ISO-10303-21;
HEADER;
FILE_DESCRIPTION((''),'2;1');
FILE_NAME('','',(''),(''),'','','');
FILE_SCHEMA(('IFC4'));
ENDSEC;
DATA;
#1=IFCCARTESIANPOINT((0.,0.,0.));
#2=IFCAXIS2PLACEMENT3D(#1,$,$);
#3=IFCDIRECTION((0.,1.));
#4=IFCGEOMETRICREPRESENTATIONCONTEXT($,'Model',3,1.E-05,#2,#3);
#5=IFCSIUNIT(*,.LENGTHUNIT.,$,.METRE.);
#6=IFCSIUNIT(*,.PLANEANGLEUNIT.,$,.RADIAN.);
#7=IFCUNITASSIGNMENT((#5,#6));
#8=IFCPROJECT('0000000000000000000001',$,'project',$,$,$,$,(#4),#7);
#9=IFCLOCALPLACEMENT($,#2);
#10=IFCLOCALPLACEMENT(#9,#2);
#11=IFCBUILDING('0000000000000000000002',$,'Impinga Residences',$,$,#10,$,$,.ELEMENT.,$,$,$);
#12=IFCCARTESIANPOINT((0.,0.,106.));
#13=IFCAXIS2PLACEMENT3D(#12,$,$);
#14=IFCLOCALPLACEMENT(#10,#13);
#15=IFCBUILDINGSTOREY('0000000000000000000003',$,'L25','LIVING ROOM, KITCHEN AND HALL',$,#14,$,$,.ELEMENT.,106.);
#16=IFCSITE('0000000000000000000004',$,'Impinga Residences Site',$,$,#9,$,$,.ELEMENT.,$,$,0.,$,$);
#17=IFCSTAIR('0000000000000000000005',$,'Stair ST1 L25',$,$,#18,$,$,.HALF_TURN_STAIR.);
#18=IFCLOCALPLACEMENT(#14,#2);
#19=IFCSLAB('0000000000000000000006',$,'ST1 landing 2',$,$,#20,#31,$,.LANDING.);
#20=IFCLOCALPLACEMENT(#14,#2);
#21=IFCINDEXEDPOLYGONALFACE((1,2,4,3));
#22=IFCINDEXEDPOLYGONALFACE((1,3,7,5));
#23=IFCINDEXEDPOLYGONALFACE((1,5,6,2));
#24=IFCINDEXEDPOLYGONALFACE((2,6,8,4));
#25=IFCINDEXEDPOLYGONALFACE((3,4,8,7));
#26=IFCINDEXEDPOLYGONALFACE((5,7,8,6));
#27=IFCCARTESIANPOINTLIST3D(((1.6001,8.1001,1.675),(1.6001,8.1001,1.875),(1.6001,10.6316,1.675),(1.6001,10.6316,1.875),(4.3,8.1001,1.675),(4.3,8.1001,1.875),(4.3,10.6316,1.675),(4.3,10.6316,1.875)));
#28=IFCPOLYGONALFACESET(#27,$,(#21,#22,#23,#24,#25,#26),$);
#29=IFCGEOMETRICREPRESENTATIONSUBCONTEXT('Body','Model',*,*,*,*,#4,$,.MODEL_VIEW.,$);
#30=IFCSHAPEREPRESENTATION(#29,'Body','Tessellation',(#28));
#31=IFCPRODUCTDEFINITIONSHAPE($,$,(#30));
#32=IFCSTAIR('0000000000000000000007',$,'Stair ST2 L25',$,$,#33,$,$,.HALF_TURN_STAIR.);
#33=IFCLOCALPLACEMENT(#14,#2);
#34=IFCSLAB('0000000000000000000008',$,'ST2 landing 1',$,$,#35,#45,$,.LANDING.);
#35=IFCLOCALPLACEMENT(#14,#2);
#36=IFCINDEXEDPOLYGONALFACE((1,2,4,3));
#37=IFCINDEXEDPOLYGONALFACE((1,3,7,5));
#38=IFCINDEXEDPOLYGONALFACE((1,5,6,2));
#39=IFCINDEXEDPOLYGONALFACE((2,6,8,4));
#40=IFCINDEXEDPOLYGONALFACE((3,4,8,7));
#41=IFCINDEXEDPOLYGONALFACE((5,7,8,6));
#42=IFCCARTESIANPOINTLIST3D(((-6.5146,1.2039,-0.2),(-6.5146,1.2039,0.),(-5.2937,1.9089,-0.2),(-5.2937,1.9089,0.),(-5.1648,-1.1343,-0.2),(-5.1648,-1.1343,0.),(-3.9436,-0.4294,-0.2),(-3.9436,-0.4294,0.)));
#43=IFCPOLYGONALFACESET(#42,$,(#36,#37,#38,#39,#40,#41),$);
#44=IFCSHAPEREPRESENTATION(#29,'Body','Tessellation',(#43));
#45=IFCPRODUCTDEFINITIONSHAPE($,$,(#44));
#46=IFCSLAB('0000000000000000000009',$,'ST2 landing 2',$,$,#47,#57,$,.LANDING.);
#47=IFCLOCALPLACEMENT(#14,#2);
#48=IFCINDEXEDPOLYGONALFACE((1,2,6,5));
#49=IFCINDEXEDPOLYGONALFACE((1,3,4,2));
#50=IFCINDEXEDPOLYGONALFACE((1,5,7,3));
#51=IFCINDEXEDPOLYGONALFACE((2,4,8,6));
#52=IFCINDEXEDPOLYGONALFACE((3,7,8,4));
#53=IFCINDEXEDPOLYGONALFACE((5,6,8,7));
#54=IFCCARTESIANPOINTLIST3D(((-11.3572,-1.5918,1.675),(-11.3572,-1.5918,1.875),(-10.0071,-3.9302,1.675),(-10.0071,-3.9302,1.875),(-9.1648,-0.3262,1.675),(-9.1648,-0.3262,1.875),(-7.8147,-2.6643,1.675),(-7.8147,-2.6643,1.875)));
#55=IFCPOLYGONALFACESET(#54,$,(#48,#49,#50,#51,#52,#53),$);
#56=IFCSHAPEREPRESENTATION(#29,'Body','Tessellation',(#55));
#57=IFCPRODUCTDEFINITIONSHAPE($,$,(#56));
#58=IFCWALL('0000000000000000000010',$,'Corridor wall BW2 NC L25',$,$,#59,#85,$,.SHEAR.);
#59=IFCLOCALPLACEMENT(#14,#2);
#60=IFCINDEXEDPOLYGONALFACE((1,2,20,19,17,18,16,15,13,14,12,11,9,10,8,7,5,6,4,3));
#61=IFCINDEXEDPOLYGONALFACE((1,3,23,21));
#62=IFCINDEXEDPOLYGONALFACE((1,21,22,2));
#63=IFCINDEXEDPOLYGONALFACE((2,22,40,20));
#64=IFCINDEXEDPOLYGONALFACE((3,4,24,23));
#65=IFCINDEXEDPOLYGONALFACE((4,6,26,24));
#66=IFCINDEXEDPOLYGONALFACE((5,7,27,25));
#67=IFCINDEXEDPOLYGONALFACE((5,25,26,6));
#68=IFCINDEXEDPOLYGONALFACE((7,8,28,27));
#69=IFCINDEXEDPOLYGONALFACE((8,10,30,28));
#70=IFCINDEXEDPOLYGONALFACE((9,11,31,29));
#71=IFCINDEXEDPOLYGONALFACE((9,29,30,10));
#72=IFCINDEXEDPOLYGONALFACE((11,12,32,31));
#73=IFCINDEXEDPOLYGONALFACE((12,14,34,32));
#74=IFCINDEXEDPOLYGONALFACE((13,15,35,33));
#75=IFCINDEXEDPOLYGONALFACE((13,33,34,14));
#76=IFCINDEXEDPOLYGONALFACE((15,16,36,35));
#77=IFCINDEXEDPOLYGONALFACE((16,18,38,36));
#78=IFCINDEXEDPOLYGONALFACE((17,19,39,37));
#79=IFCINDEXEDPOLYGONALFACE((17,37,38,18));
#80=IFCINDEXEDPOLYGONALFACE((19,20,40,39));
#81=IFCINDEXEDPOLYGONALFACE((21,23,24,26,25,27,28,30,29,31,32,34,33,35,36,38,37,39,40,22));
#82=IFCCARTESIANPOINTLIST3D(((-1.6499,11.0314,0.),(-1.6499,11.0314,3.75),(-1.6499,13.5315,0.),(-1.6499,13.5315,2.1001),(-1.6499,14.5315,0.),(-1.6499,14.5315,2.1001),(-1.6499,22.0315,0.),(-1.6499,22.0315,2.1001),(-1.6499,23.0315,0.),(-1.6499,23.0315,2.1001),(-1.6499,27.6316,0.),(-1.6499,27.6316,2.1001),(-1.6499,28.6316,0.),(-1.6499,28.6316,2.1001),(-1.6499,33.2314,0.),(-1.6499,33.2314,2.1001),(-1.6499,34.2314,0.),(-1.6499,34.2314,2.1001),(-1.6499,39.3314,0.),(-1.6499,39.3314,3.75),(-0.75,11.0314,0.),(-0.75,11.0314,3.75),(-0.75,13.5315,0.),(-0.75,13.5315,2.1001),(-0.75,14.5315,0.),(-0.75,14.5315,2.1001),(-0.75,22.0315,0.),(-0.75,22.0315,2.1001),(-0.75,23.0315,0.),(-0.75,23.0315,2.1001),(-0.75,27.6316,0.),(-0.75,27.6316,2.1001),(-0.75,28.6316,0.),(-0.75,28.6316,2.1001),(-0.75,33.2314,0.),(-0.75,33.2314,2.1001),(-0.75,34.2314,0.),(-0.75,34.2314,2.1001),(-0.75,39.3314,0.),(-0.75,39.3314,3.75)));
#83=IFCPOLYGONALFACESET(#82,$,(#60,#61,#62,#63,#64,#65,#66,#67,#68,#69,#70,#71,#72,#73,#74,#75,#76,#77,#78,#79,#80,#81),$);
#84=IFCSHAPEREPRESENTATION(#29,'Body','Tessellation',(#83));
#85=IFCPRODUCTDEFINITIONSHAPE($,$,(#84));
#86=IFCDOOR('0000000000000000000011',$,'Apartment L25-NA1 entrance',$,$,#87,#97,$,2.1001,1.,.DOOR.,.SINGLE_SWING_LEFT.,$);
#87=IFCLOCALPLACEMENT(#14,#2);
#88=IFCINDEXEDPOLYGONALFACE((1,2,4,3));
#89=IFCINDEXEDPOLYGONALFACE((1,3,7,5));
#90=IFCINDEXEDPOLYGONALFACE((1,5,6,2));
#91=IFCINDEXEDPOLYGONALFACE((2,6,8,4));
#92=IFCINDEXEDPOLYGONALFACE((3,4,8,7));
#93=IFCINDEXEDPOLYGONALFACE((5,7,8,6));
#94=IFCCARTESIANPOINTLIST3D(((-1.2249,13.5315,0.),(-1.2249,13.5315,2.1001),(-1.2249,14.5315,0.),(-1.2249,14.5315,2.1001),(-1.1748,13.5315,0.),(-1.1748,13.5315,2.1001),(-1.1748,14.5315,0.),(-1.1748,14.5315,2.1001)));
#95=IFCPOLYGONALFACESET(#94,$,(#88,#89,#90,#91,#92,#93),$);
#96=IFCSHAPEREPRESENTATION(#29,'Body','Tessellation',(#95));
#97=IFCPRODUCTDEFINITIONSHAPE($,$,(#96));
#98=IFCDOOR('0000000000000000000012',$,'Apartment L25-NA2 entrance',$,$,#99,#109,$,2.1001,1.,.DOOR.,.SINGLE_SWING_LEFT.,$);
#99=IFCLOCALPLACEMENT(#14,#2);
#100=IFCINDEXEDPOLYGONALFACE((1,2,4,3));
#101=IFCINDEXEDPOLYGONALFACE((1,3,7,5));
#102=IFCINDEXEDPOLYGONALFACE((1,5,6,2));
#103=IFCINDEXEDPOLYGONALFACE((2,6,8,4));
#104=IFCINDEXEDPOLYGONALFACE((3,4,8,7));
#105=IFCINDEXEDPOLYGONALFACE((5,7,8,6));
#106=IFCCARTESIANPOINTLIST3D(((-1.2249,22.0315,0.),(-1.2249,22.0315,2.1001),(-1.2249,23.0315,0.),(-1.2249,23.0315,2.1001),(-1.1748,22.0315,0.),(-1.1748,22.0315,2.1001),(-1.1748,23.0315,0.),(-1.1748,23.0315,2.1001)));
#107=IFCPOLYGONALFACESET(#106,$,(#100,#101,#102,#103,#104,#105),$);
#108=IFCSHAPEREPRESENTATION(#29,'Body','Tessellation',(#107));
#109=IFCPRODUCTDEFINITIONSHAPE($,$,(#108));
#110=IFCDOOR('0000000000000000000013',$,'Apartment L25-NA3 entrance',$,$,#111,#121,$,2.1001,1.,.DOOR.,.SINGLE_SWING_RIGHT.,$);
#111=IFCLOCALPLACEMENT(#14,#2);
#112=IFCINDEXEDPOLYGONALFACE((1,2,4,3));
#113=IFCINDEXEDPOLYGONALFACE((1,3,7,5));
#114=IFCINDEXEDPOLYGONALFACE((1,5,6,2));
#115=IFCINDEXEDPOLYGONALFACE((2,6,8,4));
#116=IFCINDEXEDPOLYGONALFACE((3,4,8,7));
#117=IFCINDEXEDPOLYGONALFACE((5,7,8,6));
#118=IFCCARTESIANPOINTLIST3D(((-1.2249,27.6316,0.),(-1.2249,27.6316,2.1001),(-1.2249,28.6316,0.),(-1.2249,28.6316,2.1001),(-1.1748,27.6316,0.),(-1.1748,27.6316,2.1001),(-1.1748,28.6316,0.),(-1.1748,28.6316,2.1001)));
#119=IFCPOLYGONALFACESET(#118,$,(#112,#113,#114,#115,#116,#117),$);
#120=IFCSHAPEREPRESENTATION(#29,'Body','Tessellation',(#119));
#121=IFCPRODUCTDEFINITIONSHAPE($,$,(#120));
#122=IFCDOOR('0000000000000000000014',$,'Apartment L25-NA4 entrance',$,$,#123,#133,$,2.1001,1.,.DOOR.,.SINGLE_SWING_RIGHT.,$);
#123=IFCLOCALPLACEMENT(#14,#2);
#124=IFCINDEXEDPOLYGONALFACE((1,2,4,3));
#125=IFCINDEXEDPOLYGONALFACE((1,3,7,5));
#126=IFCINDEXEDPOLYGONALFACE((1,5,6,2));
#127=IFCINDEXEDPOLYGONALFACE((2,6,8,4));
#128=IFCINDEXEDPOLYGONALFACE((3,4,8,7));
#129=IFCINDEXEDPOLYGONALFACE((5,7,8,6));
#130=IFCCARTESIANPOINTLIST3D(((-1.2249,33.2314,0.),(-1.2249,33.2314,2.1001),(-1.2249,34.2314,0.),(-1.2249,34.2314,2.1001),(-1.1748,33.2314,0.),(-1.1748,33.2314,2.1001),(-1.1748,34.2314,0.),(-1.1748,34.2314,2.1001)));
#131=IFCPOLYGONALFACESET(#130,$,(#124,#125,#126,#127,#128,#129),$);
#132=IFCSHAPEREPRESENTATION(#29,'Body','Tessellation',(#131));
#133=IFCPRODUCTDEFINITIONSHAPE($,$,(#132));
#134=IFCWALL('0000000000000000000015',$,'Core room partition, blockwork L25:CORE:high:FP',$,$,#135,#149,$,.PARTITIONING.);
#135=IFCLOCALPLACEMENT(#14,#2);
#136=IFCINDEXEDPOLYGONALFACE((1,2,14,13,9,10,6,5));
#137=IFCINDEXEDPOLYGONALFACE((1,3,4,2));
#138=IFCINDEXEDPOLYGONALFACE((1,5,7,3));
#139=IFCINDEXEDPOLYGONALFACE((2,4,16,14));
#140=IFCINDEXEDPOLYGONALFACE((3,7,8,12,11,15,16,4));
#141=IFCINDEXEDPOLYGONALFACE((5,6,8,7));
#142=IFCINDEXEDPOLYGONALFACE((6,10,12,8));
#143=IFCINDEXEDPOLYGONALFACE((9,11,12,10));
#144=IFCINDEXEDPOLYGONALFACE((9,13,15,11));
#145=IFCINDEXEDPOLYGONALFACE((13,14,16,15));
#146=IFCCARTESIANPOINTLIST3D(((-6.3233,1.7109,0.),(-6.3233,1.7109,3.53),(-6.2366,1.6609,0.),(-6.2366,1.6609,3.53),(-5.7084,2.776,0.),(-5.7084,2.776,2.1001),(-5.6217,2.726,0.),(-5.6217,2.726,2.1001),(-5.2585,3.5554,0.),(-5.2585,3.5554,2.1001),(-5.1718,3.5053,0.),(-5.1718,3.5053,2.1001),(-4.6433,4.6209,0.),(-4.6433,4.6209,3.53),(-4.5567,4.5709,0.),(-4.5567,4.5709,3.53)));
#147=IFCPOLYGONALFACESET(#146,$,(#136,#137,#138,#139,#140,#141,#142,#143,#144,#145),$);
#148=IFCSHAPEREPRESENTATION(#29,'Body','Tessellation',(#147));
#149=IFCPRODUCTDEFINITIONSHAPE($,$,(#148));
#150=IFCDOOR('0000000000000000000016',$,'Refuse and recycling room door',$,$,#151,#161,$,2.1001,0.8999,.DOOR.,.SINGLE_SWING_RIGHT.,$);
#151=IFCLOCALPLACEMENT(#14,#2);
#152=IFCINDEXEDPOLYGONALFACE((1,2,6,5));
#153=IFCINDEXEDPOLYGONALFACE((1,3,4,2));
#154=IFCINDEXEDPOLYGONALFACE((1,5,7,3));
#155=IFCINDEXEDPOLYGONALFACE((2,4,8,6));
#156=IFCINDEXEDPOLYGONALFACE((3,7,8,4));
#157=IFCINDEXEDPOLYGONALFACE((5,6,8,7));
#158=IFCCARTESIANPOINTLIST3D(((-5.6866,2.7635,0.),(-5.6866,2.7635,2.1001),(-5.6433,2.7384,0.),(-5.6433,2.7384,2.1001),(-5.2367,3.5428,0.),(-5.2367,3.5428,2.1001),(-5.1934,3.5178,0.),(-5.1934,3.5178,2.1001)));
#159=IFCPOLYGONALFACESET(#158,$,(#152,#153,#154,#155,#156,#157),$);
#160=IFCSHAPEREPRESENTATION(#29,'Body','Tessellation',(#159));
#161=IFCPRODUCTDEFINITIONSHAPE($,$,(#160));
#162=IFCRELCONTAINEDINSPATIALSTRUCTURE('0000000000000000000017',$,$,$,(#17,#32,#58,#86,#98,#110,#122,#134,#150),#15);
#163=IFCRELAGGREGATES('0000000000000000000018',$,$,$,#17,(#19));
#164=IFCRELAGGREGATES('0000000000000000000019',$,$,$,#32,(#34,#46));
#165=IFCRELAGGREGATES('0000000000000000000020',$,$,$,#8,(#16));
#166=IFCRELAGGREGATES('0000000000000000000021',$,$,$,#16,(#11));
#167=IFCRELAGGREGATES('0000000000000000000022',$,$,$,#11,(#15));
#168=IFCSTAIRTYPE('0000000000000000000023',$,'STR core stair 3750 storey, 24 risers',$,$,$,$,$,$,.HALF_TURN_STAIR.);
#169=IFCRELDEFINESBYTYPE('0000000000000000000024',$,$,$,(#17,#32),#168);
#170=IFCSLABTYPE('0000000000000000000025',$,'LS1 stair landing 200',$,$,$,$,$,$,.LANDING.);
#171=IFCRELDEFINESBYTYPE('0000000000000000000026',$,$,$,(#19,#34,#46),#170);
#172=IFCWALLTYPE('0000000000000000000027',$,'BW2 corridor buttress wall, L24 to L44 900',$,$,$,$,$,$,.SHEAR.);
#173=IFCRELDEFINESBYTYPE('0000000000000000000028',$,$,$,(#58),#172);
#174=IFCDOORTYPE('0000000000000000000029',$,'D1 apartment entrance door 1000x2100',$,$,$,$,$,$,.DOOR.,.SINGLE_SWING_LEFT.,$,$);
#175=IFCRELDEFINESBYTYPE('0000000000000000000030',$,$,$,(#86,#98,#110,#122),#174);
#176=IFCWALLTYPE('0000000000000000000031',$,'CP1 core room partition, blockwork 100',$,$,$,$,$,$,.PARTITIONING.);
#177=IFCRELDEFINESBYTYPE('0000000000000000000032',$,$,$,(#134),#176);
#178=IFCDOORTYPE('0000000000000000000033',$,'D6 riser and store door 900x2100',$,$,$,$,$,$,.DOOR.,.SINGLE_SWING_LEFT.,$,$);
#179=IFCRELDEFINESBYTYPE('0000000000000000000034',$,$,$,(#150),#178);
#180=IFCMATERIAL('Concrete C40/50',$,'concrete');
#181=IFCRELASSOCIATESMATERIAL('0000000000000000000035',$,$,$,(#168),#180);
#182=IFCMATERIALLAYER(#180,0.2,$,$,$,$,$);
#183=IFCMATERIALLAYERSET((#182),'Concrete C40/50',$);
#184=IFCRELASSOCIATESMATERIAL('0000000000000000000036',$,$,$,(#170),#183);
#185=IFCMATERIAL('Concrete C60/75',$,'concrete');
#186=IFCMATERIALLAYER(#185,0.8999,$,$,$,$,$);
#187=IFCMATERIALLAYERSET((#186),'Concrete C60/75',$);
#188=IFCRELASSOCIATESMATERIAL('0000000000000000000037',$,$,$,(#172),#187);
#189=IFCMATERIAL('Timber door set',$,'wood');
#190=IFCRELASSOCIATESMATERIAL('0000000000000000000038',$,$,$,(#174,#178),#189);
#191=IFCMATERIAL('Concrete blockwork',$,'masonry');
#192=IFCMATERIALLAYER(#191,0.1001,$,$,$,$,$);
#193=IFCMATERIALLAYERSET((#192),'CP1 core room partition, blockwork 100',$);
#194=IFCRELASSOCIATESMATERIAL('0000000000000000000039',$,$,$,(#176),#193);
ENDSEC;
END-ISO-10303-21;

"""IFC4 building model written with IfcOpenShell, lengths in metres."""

from ifc_helpers import new_model, si_unit, direction, frame, frame_2d, origin, place, context, subcontext, project, spatial, polyline, rectangle, outline, extrude, material, layer, layer_set, type_object, element, fill, aggregate, save


model = new_model("IFC4")

# Units and contexts
model_context = context("Model", 3, precision=1e-05, world=origin(), true_north=direction((0.0, 1.0)))
body_context = subcontext(model_context, "Body", "Model", "MODEL_VIEW")
ifc_project = project(units=[si_unit("LENGTHUNIT", "METRE"), si_unit("PLANEANGLEUNIT", "RADIAN")], contexts=[model_context])

# Site, building, storey
site_placement = place(None, origin())
site = spatial("IfcSite", under=ifc_project, at=site_placement, Name="Impinga Residences Site", CompositionType="ELEMENT", RefElevation=0.0)
building_placement = place(site_placement, origin())
building = spatial("IfcBuilding", under=site, at=building_placement, Name="Impinga Residences", CompositionType="ELEMENT")
storey_placement = place(building_placement, frame((0.0, 0.0, 106.0)))
storey = spatial("IfcBuildingStorey", under=building, at=storey_placement, Name="L25", Description="LIVING ROOM, KITCHEN AND HALL", CompositionType="ELEMENT", Elevation=106.0)

# Stair, slab
ifc_material_1 = material(Name="Concrete C40/50", Category="concrete")
stair_type = type_object("IfcStairType", Name="STR core stair 3750 storey, 24 risers", PredefinedType="HALF_TURN_STAIR", material=ifc_material_1)
stair_1_placement = place(storey_placement, origin())
stair_1 = element("IfcStair", 1, at=stair_1_placement, inside=storey, type_object=stair_type, Name="Stair ST1 L25", PredefinedType="HALF_TURN_STAIR")
ifc_layer_1 = layer(ifc_material_1, 0.2)
ifc_layer_set_1 = layer_set([ifc_layer_1], Name="Concrete C40/50")
slab_type = type_object("IfcSlabType", Name="LS1 stair landing 200", PredefinedType="LANDING", material=ifc_layer_set_1)
slab_1_placement = place(storey_placement, frame((0.0, 0.0, 1.675)))
slab_1 = element("IfcSlab", 2, at=slab_1_placement, type_object=slab_type, Name="ST1 landing 2", PredefinedType="LANDING", context=body_context, shape_type="SweptSolid", body=[
    extrude(outline(polyline([(1.6001, 8.1001), (4.3, 8.1001), (4.3, 10.6316), (1.6001, 10.6316), (1.6001, 8.1001)])), origin(), (0.0, 0.0, 1.0), 0.2),
])
aggregate(stair_1, [slab_1])

# Stair, slabs
stair_2_placement = place(storey_placement, origin())
stair_2 = element("IfcStair", 3, at=stair_2_placement, inside=storey, type_object=stair_type, Name="Stair ST2 L25", PredefinedType="HALF_TURN_STAIR")
slab_2_placement = place(storey_placement, frame((0.0, 0.0, -0.2)))
slab_2 = element("IfcSlab", 4, at=slab_2_placement, type_object=slab_type, Name="ST2 landing 1", PredefinedType="LANDING", context=body_context, shape_type="SweptSolid", body=[
    extrude(outline(polyline([(-3.9436, -0.4294), (-5.2937, 1.9089), (-6.5146, 1.2039), (-5.1648, -1.1343), (-3.9436, -0.4294)])), origin(), (0.0, 0.0, 1.0), 0.2),
])
slab_3_placement = place(storey_placement, frame((0.0, 0.0, 1.675)))
slab_3 = element("IfcSlab", 5, at=slab_3_placement, type_object=slab_type, Name="ST2 landing 2", PredefinedType="LANDING", context=body_context, shape_type="SweptSolid", body=[
    extrude(outline(polyline([(-7.8147, -2.6643), (-9.1648, -0.3262), (-11.3572, -1.5918), (-10.0071, -3.9302), (-7.8147, -2.6643)])), origin(), (0.0, 0.0, 1.0), 0.2),
])
aggregate(stair_2, [slab_2, slab_3])

# Wall, openings, doors
ifc_material_2 = material(Name="Concrete C60/75", Category="concrete")
ifc_layer_2 = layer(ifc_material_2, 0.8999)
ifc_layer_set_2 = layer_set([ifc_layer_2], Name="Concrete C60/75")
wall_type_1 = type_object("IfcWallType", Name="BW2 corridor buttress wall, L24 to L44 900", PredefinedType="SHEAR", material=ifc_layer_set_2)
wall_1_placement = place(storey_placement, frame((-1.2, 11.0315, 0.0), z_axis=(0.0, 0.0, 1.0), x_axis=(0.0, 1.0, 0.0)))
wall_1 = element("IfcWall", 6, at=wall_1_placement, inside=storey, type_object=wall_type_1, Name="Corridor wall BW2 NC L25", PredefinedType="SHEAR", context=body_context, shape_type="SweptSolid", body=[
    extrude(rectangle(XDim=28.3, YDim=0.8999, at=frame_2d((14.1499, 0.0))), origin(), (0.0, 0.0, 1.0), 3.75),
])
opening_1_placement = place(wall_1_placement, frame((2.5, 0.0, 0.0)))
opening_1 = element("IfcOpeningElement", 7, at=opening_1_placement, cuts=wall_1, PredefinedType="OPENING", context=body_context, shape_type="SweptSolid", body=[
    extrude(rectangle(XDim=1.0, YDim=2.1001, at=frame_2d((0.5, 1.05))), frame((0.0, 0.46, 0.0), z_axis=(0.0, -1.0, 0.0), x_axis=(1.0, 0.0, 0.0)), (0.0, 0.0, 1.0), 0.9199),
])
opening_2_placement = place(wall_1_placement, frame((11.0, 0.0, 0.0)))
opening_2 = element("IfcOpeningElement", 8, at=opening_2_placement, cuts=wall_1, PredefinedType="OPENING", context=body_context, shape_type="SweptSolid", body=[
    extrude(rectangle(XDim=1.0, YDim=2.1001, at=frame_2d((0.5, 1.05))), frame((0.0, 0.46, 0.0), z_axis=(0.0, -1.0, 0.0), x_axis=(1.0, 0.0, 0.0)), (0.0, 0.0, 1.0), 0.9199),
])
opening_3_placement = place(wall_1_placement, frame((16.6001, 0.0, 0.0)))
opening_3 = element("IfcOpeningElement", 9, at=opening_3_placement, cuts=wall_1, PredefinedType="OPENING", context=body_context, shape_type="SweptSolid", body=[
    extrude(rectangle(XDim=1.0, YDim=2.1001, at=frame_2d((0.5, 1.05))), frame((0.0, 0.46, 0.0), z_axis=(0.0, -1.0, 0.0), x_axis=(1.0, 0.0, 0.0)), (0.0, 0.0, 1.0), 0.9199),
])
opening_4_placement = place(wall_1_placement, frame((22.2, 0.0, 0.0)))
opening_4 = element("IfcOpeningElement", 10, at=opening_4_placement, cuts=wall_1, PredefinedType="OPENING", context=body_context, shape_type="SweptSolid", body=[
    extrude(rectangle(XDim=1.0, YDim=2.1001, at=frame_2d((0.5, 1.05))), frame((0.0, 0.46, 0.0), z_axis=(0.0, -1.0, 0.0), x_axis=(1.0, 0.0, 0.0)), (0.0, 0.0, 1.0), 0.9199),
])
ifc_material_3 = material(Name="Timber door set", Category="wood")
door_type_1 = type_object("IfcDoorType", Name="D1 apartment entrance door 1000x2100", OperationType="SINGLE_SWING_LEFT", PredefinedType="DOOR", material=ifc_material_3)
door_1_placement = place(opening_1_placement, origin())
door_1 = element("IfcDoor", 11, at=door_1_placement, inside=storey, type_object=door_type_1, Name="Apartment L25-NA1 entrance", OperationType="SINGLE_SWING_LEFT", OverallHeight=2.1001, OverallWidth=1.0, PredefinedType="DOOR", context=body_context, shape_type="SweptSolid", body=[
    extrude(rectangle(XDim=1.0, YDim=2.1001, at=frame_2d((0.5, 1.05))), frame((0.0, 0.0249, 0.0), z_axis=(0.0, -1.0, 0.0), x_axis=(1.0, 0.0, 0.0)), (0.0, 0.0, 1.0), 0.05),
])
fill(opening_1, door_1)
door_2_placement = place(opening_2_placement, origin())
door_2 = element("IfcDoor", 12, at=door_2_placement, inside=storey, type_object=door_type_1, Name="Apartment L25-NA2 entrance", OperationType="SINGLE_SWING_LEFT", OverallHeight=2.1001, OverallWidth=1.0, PredefinedType="DOOR", context=body_context, shape_type="SweptSolid", body=[
    extrude(rectangle(XDim=1.0, YDim=2.1001, at=frame_2d((0.5, 1.05))), frame((0.0, 0.0249, 0.0), z_axis=(0.0, -1.0, 0.0), x_axis=(1.0, 0.0, 0.0)), (0.0, 0.0, 1.0), 0.05),
])
fill(opening_2, door_2)
door_3_placement = place(opening_3_placement, origin())
door_3 = element("IfcDoor", 13, at=door_3_placement, inside=storey, type_object=door_type_1, Name="Apartment L25-NA3 entrance", OperationType="SINGLE_SWING_RIGHT", OverallHeight=2.1001, OverallWidth=1.0, PredefinedType="DOOR", context=body_context, shape_type="SweptSolid", body=[
    extrude(rectangle(XDim=1.0, YDim=2.1001, at=frame_2d((0.5, 1.05))), frame((0.0, 0.0249, 0.0), z_axis=(0.0, -1.0, 0.0), x_axis=(1.0, 0.0, 0.0)), (0.0, 0.0, 1.0), 0.05),
])
fill(opening_3, door_3)
door_4_placement = place(opening_4_placement, origin())
door_4 = element("IfcDoor", 14, at=door_4_placement, inside=storey, type_object=door_type_1, Name="Apartment L25-NA4 entrance", OperationType="SINGLE_SWING_RIGHT", OverallHeight=2.1001, OverallWidth=1.0, PredefinedType="DOOR", context=body_context, shape_type="SweptSolid", body=[
    extrude(rectangle(XDim=1.0, YDim=2.1001, at=frame_2d((0.5, 1.05))), frame((0.0, 0.0249, 0.0), z_axis=(0.0, -1.0, 0.0), x_axis=(1.0, 0.0, 0.0)), (0.0, 0.0, 1.0), 0.05),
])
fill(opening_4, door_4)

# Wall, opening, door
ifc_material_4 = material(Name="Concrete blockwork", Category="masonry")
ifc_layer_3 = layer(ifc_material_4, 0.1001)
ifc_layer_set_3 = layer_set([ifc_layer_3], Name="CP1 core room partition, blockwork 100")
wall_type_2 = type_object("IfcWallType", Name="CP1 core room partition, blockwork 100", PredefinedType="PARTITIONING", material=ifc_layer_set_3)
wall_2_placement = place(storey_placement, frame((-6.28, 1.6858, 0.0), z_axis=(0.0, 0.0, 1.0), x_axis=(0.499976, 0.866039, 0.0)))
wall_2 = element("IfcWall", 15, at=wall_2_placement, inside=storey, type_object=wall_type_2, Name="Core room partition, blockwork L25:CORE:high:FP", PredefinedType="PARTITIONING", context=body_context, shape_type="SweptSolid", body=[
    extrude(rectangle(XDim=3.3601, YDim=0.1001, at=frame_2d((1.6802, 0.0))), origin(), (0.0, 0.0, 1.0), 3.53),
])
opening_5_placement = place(wall_2_placement, frame((1.23, 0.0, 0.0)))
opening_5 = element("IfcOpeningElement", 16, at=opening_5_placement, cuts=wall_2, PredefinedType="OPENING", context=body_context, shape_type="SweptSolid", body=[
    extrude(rectangle(XDim=0.8999, YDim=2.1001, at=frame_2d((0.45, 1.05))), frame((0.0, 0.0601, 0.0), z_axis=(0.0, -1.0, 0.0), x_axis=(1.0, 0.0, 0.0)), (0.0, 0.0, 1.0), 0.1201),
])
door_type_2 = type_object("IfcDoorType", Name="D6 riser and store door 900x2100", OperationType="SINGLE_SWING_LEFT", PredefinedType="DOOR", material=ifc_material_3)
door_5_placement = place(opening_5_placement, origin())
door_5 = element("IfcDoor", 17, at=door_5_placement, inside=storey, type_object=door_type_2, Name="Refuse and recycling room door", OperationType="SINGLE_SWING_RIGHT", OverallHeight=2.1001, OverallWidth=0.8999, PredefinedType="DOOR", context=body_context, shape_type="SweptSolid", body=[
    extrude(rectangle(XDim=0.8999, YDim=2.1001, at=frame_2d((0.45, 1.05))), frame((0.0, 0.0249, 0.0), z_axis=(0.0, -1.0, 0.0), x_axis=(1.0, 0.0, 0.0)), (0.0, 0.0, 1.0), 0.05),
])
fill(opening_5, door_5)

save(model, "model.ifc")
